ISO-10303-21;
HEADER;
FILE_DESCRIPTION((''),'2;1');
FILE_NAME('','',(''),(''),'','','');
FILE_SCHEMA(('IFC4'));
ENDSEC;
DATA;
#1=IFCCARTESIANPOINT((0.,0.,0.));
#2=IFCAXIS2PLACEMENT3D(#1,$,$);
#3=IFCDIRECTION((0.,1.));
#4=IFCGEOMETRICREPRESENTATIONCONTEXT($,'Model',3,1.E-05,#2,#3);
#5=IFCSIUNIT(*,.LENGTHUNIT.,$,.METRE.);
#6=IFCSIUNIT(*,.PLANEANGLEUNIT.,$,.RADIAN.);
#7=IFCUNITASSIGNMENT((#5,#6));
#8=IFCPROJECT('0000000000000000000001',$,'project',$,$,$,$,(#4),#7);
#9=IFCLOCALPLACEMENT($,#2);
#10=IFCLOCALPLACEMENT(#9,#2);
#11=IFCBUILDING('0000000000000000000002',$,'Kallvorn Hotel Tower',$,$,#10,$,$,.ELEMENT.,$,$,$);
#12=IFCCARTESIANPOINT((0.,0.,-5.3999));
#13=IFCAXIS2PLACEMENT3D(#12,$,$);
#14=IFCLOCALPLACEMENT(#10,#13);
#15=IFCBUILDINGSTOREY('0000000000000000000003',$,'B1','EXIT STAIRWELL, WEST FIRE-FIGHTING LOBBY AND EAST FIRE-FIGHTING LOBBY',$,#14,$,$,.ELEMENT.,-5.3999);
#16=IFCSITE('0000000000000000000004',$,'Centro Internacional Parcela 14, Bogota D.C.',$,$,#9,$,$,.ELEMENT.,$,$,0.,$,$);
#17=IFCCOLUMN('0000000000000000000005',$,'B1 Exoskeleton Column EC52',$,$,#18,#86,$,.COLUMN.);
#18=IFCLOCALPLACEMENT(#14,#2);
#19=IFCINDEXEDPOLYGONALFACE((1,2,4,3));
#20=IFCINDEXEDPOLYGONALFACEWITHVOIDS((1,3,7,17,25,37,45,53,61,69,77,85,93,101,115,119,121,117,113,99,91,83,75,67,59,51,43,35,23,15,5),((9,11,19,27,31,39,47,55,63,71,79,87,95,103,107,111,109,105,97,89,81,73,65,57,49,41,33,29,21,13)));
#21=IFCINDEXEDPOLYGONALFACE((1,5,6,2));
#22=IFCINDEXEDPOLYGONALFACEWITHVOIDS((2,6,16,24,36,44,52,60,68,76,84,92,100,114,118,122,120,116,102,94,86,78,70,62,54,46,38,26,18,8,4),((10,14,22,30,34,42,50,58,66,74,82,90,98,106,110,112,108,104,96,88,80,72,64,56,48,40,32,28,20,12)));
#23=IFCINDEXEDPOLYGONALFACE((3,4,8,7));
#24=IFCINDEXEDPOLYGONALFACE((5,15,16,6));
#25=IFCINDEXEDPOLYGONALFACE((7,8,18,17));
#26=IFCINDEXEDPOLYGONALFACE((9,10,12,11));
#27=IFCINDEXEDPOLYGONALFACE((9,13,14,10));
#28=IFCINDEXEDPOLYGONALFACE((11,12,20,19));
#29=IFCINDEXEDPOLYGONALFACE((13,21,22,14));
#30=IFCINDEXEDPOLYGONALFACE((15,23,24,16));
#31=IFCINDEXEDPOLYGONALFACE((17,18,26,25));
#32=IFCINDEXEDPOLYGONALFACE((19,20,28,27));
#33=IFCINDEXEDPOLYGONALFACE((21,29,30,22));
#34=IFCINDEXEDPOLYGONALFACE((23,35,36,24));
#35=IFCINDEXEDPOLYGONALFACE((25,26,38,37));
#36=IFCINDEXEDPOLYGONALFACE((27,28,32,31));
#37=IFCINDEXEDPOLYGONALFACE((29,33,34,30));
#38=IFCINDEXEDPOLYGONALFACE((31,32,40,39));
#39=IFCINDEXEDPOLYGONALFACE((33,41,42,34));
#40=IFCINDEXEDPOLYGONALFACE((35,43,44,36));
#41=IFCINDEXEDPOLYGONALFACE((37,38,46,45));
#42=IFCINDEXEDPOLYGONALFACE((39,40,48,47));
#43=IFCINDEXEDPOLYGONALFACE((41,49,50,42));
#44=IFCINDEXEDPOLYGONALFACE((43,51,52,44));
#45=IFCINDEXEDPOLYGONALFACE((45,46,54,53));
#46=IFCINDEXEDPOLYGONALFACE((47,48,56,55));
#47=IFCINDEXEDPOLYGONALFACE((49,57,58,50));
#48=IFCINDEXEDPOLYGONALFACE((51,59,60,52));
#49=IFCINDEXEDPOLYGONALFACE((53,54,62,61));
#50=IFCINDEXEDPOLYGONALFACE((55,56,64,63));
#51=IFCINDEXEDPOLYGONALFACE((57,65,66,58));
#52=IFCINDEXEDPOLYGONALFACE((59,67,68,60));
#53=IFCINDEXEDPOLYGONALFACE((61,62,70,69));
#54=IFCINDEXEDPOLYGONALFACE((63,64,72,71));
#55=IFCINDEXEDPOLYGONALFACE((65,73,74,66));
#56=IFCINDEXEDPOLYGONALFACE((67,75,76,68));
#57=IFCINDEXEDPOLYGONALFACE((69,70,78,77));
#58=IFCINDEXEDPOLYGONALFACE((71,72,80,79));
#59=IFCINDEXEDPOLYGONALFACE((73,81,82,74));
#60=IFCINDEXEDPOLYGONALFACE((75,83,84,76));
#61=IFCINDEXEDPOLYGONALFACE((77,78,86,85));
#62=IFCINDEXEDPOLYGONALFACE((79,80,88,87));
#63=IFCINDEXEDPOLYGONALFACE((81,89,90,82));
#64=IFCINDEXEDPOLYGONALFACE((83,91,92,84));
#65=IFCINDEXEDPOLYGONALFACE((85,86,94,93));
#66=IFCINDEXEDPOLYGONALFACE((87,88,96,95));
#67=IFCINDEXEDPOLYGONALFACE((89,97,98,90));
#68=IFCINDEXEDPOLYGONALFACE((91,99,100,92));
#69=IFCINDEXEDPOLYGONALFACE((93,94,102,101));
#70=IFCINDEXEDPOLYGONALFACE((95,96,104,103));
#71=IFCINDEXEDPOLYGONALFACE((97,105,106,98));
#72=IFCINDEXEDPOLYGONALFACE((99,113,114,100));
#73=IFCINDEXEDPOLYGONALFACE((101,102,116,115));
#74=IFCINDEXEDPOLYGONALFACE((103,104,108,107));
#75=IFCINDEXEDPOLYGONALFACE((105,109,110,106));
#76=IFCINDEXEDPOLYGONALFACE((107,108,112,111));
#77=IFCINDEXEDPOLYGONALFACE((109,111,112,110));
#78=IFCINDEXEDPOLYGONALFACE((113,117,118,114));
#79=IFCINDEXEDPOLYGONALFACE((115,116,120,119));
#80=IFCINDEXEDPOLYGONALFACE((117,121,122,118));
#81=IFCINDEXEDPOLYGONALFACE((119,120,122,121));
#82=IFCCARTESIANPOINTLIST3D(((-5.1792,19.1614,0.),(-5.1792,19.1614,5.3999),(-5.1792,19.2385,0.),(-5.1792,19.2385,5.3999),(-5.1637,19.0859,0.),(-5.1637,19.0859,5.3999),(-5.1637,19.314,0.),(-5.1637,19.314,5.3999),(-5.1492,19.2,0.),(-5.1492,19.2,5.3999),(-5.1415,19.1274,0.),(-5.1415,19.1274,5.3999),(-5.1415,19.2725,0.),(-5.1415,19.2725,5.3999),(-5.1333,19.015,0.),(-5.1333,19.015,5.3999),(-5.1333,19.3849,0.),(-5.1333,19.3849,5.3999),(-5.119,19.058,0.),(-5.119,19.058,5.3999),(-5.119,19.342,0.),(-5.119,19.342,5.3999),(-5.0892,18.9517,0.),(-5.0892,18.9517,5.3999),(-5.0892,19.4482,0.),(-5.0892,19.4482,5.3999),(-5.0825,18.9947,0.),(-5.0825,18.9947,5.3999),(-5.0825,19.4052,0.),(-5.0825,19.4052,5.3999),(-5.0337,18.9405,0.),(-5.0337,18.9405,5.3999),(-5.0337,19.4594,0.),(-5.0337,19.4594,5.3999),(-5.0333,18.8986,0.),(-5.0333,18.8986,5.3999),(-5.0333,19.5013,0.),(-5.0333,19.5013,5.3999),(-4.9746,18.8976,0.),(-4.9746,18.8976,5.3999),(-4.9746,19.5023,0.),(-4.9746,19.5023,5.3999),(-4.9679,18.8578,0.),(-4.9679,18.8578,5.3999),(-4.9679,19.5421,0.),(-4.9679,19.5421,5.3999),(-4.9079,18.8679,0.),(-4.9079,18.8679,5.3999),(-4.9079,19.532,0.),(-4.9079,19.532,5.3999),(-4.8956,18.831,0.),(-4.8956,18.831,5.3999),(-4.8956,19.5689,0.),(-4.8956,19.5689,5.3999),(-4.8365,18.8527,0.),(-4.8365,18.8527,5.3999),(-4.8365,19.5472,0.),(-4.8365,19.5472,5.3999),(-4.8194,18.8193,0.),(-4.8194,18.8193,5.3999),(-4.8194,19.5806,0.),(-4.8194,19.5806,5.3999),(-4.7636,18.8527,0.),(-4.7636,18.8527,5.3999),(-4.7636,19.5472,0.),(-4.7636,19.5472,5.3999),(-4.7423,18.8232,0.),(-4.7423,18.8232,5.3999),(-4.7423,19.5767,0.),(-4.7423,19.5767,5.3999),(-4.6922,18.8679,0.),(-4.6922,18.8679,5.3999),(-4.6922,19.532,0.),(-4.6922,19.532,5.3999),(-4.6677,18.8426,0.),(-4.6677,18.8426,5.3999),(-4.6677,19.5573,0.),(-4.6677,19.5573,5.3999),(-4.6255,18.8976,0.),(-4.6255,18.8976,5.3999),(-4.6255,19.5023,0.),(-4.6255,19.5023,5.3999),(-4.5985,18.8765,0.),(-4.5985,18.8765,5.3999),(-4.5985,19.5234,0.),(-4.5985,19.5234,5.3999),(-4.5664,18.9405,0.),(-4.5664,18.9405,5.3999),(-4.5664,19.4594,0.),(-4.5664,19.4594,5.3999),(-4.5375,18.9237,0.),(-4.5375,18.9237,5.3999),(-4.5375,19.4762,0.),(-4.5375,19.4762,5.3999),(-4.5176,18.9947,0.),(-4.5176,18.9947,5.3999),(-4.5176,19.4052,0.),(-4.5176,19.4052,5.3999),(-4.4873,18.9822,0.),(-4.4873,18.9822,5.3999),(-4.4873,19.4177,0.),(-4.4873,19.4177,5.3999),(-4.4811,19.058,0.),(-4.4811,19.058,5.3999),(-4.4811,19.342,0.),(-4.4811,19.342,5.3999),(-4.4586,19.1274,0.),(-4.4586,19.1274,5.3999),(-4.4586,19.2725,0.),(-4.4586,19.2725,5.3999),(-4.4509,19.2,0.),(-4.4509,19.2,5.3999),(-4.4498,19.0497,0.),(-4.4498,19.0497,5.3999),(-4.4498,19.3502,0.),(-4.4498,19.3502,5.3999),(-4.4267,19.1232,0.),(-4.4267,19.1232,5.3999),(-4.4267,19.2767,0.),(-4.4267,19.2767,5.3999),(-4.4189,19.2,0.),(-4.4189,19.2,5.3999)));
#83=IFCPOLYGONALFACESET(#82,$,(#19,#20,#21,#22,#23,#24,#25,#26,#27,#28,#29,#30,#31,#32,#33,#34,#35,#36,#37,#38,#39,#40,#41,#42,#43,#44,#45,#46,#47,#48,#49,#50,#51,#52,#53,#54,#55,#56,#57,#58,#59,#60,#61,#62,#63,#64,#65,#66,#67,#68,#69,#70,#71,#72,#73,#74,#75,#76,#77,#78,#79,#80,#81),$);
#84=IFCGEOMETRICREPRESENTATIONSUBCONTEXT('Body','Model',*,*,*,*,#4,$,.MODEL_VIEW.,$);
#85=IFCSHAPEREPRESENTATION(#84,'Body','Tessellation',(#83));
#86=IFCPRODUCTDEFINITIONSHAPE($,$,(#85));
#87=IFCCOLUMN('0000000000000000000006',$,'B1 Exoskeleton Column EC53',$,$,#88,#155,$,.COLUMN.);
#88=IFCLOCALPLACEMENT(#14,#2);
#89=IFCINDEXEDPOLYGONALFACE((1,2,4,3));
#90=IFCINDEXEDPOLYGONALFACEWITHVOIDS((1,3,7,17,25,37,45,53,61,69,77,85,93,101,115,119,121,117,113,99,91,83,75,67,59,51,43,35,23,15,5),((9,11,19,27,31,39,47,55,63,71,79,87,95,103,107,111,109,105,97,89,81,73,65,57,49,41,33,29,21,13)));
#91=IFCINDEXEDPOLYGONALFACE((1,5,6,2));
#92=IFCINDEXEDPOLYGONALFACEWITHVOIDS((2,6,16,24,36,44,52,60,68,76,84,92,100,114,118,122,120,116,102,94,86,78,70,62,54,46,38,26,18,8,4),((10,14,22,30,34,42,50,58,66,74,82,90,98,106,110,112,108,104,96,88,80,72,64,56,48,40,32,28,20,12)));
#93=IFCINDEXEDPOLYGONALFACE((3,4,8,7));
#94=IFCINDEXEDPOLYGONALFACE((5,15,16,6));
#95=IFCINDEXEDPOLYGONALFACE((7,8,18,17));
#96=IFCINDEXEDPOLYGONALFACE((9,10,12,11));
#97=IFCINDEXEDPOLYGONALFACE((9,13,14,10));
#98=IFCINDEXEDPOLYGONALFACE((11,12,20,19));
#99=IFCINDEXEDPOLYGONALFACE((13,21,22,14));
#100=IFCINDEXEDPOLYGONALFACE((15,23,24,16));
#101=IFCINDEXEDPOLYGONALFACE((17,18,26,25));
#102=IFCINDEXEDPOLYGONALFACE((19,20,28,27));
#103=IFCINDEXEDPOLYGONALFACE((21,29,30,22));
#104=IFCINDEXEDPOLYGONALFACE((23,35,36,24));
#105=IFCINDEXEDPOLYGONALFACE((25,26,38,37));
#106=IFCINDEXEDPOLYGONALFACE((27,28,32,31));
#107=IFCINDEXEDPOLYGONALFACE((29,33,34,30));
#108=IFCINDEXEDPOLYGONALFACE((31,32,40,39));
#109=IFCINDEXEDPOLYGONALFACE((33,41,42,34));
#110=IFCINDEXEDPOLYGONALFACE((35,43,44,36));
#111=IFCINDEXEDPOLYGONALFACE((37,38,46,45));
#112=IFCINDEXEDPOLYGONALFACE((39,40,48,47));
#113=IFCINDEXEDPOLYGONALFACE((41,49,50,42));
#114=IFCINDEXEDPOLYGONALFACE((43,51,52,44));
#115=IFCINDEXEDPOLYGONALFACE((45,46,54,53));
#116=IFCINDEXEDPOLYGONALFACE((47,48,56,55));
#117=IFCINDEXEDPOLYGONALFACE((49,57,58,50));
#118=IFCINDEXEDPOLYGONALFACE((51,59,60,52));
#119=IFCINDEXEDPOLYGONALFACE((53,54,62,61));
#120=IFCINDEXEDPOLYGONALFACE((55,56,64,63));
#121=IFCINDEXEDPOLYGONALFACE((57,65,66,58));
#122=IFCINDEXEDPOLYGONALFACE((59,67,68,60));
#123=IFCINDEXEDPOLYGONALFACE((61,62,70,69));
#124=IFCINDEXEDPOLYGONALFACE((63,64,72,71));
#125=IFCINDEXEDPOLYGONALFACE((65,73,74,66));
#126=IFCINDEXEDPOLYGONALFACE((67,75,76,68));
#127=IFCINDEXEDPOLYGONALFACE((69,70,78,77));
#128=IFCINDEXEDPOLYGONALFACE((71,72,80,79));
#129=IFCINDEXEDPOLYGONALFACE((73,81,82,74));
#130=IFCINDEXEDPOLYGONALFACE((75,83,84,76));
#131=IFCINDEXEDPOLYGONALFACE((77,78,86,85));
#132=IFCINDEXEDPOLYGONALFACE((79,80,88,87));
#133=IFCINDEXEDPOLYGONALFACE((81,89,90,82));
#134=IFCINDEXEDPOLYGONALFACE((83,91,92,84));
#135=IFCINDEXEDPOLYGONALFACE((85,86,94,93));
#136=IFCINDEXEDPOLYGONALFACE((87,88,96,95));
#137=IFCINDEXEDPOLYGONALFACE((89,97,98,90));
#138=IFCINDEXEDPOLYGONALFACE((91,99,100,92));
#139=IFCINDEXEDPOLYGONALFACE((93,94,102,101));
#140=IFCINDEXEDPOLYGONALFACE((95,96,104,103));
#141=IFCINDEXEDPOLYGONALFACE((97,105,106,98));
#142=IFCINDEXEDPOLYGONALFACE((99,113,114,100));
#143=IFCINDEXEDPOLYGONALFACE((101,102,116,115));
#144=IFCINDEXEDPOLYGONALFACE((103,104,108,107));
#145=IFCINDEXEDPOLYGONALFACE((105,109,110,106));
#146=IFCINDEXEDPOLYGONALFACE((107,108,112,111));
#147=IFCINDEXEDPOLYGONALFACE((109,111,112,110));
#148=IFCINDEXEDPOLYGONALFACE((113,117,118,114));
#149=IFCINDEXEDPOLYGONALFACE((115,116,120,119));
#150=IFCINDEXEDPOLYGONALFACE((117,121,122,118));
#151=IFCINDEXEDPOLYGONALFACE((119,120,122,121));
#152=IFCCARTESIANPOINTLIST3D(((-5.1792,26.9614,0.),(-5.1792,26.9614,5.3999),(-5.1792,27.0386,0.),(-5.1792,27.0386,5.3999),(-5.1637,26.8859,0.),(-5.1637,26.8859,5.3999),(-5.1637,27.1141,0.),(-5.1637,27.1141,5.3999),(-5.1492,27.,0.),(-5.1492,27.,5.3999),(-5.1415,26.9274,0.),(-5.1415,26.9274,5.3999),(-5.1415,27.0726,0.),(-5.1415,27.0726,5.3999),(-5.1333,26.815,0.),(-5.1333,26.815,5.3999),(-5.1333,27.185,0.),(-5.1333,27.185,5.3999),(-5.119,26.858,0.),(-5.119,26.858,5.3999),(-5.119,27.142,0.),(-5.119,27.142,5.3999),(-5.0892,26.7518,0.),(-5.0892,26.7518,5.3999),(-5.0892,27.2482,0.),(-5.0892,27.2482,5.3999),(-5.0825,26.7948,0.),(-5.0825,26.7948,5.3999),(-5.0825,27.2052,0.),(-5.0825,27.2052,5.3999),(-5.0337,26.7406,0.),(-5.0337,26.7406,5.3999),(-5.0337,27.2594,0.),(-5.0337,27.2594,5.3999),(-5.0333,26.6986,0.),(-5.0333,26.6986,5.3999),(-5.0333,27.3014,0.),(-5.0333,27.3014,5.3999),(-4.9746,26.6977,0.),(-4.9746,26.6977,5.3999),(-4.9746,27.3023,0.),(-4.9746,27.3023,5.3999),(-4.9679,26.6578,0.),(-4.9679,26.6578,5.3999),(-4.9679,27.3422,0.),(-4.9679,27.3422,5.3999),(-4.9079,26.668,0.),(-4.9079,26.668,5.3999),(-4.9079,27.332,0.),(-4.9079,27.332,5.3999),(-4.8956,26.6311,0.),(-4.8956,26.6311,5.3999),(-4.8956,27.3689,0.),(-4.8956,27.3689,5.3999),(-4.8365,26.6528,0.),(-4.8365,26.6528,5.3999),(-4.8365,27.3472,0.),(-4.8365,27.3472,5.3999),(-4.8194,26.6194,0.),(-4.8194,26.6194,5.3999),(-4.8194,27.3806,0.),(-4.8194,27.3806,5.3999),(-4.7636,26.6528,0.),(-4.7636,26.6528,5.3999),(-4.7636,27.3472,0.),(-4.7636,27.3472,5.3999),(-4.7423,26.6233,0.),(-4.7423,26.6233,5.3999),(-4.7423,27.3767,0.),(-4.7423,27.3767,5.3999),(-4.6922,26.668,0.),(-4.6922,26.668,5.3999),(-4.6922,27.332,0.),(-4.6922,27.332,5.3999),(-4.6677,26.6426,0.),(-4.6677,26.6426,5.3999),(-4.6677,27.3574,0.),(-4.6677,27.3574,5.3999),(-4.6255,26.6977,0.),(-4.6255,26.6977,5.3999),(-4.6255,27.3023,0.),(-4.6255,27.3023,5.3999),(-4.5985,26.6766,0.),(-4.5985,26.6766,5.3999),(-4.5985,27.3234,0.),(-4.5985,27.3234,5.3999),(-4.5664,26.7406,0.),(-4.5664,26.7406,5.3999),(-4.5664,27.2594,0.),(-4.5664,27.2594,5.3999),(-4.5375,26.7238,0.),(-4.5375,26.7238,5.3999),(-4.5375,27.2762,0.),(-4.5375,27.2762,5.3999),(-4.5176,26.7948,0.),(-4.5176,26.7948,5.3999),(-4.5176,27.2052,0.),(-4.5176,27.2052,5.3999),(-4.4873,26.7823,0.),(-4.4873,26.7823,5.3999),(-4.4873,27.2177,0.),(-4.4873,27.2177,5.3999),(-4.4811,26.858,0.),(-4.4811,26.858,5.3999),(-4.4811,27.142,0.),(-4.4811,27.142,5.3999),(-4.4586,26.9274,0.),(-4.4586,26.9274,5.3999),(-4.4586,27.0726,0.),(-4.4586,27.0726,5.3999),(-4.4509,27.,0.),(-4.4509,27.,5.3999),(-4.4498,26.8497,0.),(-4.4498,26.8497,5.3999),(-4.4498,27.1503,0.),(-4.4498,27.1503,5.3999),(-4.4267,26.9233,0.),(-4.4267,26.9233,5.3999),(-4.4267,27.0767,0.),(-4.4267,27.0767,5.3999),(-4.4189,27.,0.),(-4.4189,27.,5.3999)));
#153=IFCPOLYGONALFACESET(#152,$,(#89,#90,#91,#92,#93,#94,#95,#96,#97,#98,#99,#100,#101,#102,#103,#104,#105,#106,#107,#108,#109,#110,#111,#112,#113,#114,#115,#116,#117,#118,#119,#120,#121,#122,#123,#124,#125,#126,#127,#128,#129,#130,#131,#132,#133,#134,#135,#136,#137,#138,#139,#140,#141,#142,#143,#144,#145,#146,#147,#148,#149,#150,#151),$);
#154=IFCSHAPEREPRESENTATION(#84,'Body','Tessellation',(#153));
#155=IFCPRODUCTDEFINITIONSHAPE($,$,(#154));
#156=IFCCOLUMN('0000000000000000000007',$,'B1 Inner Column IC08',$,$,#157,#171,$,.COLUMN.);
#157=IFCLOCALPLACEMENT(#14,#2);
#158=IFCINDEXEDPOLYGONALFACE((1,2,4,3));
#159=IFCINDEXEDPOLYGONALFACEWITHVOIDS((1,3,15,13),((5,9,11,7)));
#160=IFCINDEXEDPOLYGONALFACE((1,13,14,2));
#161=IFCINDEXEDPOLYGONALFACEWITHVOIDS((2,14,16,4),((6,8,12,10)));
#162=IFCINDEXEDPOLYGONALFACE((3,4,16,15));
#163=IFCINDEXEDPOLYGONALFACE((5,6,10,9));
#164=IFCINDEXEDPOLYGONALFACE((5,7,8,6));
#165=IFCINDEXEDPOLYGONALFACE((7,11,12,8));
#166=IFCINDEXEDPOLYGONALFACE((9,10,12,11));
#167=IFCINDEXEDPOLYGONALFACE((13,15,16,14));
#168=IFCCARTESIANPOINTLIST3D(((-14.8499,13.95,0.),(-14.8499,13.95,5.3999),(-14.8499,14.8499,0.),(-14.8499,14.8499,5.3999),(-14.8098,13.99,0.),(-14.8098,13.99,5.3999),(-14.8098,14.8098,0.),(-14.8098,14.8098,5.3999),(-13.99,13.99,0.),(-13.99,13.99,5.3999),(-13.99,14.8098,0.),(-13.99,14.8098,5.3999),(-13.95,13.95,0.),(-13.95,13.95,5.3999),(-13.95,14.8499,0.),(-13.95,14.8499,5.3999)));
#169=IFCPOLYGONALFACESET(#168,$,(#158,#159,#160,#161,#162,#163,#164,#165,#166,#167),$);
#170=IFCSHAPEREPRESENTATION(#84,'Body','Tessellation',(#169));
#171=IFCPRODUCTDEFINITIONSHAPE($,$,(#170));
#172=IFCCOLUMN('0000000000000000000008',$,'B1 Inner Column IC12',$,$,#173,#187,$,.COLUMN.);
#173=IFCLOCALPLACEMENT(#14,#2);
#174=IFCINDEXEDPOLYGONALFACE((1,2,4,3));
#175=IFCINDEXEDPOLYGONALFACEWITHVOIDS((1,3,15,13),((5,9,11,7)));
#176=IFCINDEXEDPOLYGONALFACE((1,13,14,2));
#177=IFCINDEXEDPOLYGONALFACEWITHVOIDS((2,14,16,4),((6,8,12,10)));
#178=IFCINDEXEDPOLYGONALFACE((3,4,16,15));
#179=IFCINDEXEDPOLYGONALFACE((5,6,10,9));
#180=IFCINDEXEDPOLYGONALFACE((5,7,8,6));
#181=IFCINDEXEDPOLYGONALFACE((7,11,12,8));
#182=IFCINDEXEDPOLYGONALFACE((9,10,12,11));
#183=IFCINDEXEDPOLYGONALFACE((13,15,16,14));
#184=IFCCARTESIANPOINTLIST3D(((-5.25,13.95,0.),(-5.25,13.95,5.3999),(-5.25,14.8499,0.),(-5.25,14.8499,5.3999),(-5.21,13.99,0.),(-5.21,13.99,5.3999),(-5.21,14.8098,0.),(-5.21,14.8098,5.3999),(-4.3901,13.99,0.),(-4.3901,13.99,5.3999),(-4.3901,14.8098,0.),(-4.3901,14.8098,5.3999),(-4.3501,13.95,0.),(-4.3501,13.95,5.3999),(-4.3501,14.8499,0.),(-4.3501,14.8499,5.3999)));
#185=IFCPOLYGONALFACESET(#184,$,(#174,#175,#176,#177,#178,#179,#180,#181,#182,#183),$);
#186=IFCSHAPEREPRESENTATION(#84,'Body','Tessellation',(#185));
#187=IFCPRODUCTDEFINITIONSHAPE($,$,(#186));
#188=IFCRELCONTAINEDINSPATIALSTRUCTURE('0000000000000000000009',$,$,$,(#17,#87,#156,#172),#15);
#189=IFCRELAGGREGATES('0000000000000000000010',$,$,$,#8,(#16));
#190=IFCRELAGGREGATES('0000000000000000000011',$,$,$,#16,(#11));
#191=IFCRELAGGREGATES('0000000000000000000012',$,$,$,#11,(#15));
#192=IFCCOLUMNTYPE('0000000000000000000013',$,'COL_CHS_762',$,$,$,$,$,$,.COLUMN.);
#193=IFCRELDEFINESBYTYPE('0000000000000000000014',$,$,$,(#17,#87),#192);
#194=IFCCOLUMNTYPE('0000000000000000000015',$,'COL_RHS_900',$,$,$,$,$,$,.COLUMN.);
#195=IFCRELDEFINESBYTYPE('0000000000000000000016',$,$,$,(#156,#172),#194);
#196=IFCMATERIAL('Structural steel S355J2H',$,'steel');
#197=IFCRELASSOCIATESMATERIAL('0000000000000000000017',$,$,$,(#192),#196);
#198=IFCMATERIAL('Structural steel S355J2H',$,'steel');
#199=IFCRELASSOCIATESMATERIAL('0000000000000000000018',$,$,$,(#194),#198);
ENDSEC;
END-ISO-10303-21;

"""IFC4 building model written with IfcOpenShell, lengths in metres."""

from ifc_helpers import new_model, si_unit, direction, frame, origin, origin_2d, place, context, subcontext, project, spatial, hollow_rectangle, hollow_circle, extrude, material, material_profile, profile_set, type_object, element, save


model = new_model("IFC4")

# Units and contexts
model_context = context("Model", 3, precision=1e-05, world=origin(), true_north=direction((0.0, 1.0)))
body_context = subcontext(model_context, "Body", "Model", "MODEL_VIEW")
ifc_project = project(units=[si_unit("LENGTHUNIT", "METRE"), si_unit("PLANEANGLEUNIT", "RADIAN")], contexts=[model_context])

# Site, building, storey
site_placement = place(None, origin())
site = spatial("IfcSite", under=ifc_project, at=site_placement, Name="Centro Internacional Parcela 14, Bogota D.C.", CompositionType="ELEMENT", RefElevation=0.0)
building_placement = place(site_placement, origin())
building = spatial("IfcBuilding", under=site, at=building_placement, Name="Kallvorn Hotel Tower", CompositionType="ELEMENT")
storey_placement = place(building_placement, frame((0.0, 0.0, -5.3999)))
storey = spatial("IfcBuildingStorey", under=building, at=storey_placement, Name="B1", Description="EXIT STAIRWELL, WEST FIRE-FIGHTING LOBBY AND EAST FIRE-FIGHTING LOBBY", CompositionType="ELEMENT", Elevation=-5.3999)

# Columns
ifc_material_1 = material(Name="Structural steel S355J2H", Category="steel")
ifc_material_profile_1 = material_profile(ifc_material_1, hollow_circle(Radius=0.3811, WallThickness=0.032, at=origin_2d()), Name="CHS 762x32")
ifc_profile_set_1 = profile_set([ifc_material_profile_1], Name="Structural steel S355J2H")
column_type_1 = type_object("IfcColumnType", Name="COL_CHS_762", PredefinedType="COLUMN", material=ifc_profile_set_1)
for number, where, z_axis, x_axis, name in (
    (1, (-4.8, 19.2, 0.0), (0.0, 0.0, 1.0), (1.0, 0.0, 0.0), "B1 Exoskeleton Column EC52"),
    (2, (-4.8, 27.0, 0.0), (0.0, 0.0, 1.0), (1.0, 0.0, 0.0), "B1 Exoskeleton Column EC53"),
):
    element("IfcColumn", number, at=place(storey_placement, frame(where, z_axis=z_axis, x_axis=x_axis)), inside=storey, type_object=column_type_1, Name=name, PredefinedType="COLUMN", context=body_context, shape_type="SweptSolid", body=[
        extrude(hollow_circle(Radius=0.3811, WallThickness=0.032, at=origin_2d()), origin(), (0.0, 0.0, 1.0), 5.3999),
    ])
ifc_material_2 = material(Name="Structural steel S355J2H", Category="steel")
ifc_material_profile_2 = material_profile(ifc_material_2, hollow_rectangle(XDim=0.8999, YDim=0.8999, WallThickness=0.04, at=origin_2d()), Name="RHS 900x900x40")
ifc_profile_set_2 = profile_set([ifc_material_profile_2], Name="Structural steel S355J2H")
column_type_2 = type_object("IfcColumnType", Name="COL_RHS_900", PredefinedType="COLUMN", material=ifc_profile_set_2)
for number, where, z_axis, x_axis, name in (
    (3, (-14.3999, 14.3999, 0.0), (0.0, 0.0, 1.0), (1.0, 0.0, 0.0), "B1 Inner Column IC08"),
    (4, (-4.8, 14.3999, 0.0), (0.0, 0.0, 1.0), (1.0, 0.0, 0.0), "B1 Inner Column IC12"),
):
    element("IfcColumn", number, at=place(storey_placement, frame(where, z_axis=z_axis, x_axis=x_axis)), inside=storey, type_object=column_type_2, Name=name, PredefinedType="COLUMN", context=body_context, shape_type="SweptSolid", body=[
        extrude(hollow_rectangle(XDim=0.8999, YDim=0.8999, WallThickness=0.04, at=origin_2d()), origin(), (0.0, 0.0, 1.0), 5.3999),
    ])

save(model, "model.ifc")
